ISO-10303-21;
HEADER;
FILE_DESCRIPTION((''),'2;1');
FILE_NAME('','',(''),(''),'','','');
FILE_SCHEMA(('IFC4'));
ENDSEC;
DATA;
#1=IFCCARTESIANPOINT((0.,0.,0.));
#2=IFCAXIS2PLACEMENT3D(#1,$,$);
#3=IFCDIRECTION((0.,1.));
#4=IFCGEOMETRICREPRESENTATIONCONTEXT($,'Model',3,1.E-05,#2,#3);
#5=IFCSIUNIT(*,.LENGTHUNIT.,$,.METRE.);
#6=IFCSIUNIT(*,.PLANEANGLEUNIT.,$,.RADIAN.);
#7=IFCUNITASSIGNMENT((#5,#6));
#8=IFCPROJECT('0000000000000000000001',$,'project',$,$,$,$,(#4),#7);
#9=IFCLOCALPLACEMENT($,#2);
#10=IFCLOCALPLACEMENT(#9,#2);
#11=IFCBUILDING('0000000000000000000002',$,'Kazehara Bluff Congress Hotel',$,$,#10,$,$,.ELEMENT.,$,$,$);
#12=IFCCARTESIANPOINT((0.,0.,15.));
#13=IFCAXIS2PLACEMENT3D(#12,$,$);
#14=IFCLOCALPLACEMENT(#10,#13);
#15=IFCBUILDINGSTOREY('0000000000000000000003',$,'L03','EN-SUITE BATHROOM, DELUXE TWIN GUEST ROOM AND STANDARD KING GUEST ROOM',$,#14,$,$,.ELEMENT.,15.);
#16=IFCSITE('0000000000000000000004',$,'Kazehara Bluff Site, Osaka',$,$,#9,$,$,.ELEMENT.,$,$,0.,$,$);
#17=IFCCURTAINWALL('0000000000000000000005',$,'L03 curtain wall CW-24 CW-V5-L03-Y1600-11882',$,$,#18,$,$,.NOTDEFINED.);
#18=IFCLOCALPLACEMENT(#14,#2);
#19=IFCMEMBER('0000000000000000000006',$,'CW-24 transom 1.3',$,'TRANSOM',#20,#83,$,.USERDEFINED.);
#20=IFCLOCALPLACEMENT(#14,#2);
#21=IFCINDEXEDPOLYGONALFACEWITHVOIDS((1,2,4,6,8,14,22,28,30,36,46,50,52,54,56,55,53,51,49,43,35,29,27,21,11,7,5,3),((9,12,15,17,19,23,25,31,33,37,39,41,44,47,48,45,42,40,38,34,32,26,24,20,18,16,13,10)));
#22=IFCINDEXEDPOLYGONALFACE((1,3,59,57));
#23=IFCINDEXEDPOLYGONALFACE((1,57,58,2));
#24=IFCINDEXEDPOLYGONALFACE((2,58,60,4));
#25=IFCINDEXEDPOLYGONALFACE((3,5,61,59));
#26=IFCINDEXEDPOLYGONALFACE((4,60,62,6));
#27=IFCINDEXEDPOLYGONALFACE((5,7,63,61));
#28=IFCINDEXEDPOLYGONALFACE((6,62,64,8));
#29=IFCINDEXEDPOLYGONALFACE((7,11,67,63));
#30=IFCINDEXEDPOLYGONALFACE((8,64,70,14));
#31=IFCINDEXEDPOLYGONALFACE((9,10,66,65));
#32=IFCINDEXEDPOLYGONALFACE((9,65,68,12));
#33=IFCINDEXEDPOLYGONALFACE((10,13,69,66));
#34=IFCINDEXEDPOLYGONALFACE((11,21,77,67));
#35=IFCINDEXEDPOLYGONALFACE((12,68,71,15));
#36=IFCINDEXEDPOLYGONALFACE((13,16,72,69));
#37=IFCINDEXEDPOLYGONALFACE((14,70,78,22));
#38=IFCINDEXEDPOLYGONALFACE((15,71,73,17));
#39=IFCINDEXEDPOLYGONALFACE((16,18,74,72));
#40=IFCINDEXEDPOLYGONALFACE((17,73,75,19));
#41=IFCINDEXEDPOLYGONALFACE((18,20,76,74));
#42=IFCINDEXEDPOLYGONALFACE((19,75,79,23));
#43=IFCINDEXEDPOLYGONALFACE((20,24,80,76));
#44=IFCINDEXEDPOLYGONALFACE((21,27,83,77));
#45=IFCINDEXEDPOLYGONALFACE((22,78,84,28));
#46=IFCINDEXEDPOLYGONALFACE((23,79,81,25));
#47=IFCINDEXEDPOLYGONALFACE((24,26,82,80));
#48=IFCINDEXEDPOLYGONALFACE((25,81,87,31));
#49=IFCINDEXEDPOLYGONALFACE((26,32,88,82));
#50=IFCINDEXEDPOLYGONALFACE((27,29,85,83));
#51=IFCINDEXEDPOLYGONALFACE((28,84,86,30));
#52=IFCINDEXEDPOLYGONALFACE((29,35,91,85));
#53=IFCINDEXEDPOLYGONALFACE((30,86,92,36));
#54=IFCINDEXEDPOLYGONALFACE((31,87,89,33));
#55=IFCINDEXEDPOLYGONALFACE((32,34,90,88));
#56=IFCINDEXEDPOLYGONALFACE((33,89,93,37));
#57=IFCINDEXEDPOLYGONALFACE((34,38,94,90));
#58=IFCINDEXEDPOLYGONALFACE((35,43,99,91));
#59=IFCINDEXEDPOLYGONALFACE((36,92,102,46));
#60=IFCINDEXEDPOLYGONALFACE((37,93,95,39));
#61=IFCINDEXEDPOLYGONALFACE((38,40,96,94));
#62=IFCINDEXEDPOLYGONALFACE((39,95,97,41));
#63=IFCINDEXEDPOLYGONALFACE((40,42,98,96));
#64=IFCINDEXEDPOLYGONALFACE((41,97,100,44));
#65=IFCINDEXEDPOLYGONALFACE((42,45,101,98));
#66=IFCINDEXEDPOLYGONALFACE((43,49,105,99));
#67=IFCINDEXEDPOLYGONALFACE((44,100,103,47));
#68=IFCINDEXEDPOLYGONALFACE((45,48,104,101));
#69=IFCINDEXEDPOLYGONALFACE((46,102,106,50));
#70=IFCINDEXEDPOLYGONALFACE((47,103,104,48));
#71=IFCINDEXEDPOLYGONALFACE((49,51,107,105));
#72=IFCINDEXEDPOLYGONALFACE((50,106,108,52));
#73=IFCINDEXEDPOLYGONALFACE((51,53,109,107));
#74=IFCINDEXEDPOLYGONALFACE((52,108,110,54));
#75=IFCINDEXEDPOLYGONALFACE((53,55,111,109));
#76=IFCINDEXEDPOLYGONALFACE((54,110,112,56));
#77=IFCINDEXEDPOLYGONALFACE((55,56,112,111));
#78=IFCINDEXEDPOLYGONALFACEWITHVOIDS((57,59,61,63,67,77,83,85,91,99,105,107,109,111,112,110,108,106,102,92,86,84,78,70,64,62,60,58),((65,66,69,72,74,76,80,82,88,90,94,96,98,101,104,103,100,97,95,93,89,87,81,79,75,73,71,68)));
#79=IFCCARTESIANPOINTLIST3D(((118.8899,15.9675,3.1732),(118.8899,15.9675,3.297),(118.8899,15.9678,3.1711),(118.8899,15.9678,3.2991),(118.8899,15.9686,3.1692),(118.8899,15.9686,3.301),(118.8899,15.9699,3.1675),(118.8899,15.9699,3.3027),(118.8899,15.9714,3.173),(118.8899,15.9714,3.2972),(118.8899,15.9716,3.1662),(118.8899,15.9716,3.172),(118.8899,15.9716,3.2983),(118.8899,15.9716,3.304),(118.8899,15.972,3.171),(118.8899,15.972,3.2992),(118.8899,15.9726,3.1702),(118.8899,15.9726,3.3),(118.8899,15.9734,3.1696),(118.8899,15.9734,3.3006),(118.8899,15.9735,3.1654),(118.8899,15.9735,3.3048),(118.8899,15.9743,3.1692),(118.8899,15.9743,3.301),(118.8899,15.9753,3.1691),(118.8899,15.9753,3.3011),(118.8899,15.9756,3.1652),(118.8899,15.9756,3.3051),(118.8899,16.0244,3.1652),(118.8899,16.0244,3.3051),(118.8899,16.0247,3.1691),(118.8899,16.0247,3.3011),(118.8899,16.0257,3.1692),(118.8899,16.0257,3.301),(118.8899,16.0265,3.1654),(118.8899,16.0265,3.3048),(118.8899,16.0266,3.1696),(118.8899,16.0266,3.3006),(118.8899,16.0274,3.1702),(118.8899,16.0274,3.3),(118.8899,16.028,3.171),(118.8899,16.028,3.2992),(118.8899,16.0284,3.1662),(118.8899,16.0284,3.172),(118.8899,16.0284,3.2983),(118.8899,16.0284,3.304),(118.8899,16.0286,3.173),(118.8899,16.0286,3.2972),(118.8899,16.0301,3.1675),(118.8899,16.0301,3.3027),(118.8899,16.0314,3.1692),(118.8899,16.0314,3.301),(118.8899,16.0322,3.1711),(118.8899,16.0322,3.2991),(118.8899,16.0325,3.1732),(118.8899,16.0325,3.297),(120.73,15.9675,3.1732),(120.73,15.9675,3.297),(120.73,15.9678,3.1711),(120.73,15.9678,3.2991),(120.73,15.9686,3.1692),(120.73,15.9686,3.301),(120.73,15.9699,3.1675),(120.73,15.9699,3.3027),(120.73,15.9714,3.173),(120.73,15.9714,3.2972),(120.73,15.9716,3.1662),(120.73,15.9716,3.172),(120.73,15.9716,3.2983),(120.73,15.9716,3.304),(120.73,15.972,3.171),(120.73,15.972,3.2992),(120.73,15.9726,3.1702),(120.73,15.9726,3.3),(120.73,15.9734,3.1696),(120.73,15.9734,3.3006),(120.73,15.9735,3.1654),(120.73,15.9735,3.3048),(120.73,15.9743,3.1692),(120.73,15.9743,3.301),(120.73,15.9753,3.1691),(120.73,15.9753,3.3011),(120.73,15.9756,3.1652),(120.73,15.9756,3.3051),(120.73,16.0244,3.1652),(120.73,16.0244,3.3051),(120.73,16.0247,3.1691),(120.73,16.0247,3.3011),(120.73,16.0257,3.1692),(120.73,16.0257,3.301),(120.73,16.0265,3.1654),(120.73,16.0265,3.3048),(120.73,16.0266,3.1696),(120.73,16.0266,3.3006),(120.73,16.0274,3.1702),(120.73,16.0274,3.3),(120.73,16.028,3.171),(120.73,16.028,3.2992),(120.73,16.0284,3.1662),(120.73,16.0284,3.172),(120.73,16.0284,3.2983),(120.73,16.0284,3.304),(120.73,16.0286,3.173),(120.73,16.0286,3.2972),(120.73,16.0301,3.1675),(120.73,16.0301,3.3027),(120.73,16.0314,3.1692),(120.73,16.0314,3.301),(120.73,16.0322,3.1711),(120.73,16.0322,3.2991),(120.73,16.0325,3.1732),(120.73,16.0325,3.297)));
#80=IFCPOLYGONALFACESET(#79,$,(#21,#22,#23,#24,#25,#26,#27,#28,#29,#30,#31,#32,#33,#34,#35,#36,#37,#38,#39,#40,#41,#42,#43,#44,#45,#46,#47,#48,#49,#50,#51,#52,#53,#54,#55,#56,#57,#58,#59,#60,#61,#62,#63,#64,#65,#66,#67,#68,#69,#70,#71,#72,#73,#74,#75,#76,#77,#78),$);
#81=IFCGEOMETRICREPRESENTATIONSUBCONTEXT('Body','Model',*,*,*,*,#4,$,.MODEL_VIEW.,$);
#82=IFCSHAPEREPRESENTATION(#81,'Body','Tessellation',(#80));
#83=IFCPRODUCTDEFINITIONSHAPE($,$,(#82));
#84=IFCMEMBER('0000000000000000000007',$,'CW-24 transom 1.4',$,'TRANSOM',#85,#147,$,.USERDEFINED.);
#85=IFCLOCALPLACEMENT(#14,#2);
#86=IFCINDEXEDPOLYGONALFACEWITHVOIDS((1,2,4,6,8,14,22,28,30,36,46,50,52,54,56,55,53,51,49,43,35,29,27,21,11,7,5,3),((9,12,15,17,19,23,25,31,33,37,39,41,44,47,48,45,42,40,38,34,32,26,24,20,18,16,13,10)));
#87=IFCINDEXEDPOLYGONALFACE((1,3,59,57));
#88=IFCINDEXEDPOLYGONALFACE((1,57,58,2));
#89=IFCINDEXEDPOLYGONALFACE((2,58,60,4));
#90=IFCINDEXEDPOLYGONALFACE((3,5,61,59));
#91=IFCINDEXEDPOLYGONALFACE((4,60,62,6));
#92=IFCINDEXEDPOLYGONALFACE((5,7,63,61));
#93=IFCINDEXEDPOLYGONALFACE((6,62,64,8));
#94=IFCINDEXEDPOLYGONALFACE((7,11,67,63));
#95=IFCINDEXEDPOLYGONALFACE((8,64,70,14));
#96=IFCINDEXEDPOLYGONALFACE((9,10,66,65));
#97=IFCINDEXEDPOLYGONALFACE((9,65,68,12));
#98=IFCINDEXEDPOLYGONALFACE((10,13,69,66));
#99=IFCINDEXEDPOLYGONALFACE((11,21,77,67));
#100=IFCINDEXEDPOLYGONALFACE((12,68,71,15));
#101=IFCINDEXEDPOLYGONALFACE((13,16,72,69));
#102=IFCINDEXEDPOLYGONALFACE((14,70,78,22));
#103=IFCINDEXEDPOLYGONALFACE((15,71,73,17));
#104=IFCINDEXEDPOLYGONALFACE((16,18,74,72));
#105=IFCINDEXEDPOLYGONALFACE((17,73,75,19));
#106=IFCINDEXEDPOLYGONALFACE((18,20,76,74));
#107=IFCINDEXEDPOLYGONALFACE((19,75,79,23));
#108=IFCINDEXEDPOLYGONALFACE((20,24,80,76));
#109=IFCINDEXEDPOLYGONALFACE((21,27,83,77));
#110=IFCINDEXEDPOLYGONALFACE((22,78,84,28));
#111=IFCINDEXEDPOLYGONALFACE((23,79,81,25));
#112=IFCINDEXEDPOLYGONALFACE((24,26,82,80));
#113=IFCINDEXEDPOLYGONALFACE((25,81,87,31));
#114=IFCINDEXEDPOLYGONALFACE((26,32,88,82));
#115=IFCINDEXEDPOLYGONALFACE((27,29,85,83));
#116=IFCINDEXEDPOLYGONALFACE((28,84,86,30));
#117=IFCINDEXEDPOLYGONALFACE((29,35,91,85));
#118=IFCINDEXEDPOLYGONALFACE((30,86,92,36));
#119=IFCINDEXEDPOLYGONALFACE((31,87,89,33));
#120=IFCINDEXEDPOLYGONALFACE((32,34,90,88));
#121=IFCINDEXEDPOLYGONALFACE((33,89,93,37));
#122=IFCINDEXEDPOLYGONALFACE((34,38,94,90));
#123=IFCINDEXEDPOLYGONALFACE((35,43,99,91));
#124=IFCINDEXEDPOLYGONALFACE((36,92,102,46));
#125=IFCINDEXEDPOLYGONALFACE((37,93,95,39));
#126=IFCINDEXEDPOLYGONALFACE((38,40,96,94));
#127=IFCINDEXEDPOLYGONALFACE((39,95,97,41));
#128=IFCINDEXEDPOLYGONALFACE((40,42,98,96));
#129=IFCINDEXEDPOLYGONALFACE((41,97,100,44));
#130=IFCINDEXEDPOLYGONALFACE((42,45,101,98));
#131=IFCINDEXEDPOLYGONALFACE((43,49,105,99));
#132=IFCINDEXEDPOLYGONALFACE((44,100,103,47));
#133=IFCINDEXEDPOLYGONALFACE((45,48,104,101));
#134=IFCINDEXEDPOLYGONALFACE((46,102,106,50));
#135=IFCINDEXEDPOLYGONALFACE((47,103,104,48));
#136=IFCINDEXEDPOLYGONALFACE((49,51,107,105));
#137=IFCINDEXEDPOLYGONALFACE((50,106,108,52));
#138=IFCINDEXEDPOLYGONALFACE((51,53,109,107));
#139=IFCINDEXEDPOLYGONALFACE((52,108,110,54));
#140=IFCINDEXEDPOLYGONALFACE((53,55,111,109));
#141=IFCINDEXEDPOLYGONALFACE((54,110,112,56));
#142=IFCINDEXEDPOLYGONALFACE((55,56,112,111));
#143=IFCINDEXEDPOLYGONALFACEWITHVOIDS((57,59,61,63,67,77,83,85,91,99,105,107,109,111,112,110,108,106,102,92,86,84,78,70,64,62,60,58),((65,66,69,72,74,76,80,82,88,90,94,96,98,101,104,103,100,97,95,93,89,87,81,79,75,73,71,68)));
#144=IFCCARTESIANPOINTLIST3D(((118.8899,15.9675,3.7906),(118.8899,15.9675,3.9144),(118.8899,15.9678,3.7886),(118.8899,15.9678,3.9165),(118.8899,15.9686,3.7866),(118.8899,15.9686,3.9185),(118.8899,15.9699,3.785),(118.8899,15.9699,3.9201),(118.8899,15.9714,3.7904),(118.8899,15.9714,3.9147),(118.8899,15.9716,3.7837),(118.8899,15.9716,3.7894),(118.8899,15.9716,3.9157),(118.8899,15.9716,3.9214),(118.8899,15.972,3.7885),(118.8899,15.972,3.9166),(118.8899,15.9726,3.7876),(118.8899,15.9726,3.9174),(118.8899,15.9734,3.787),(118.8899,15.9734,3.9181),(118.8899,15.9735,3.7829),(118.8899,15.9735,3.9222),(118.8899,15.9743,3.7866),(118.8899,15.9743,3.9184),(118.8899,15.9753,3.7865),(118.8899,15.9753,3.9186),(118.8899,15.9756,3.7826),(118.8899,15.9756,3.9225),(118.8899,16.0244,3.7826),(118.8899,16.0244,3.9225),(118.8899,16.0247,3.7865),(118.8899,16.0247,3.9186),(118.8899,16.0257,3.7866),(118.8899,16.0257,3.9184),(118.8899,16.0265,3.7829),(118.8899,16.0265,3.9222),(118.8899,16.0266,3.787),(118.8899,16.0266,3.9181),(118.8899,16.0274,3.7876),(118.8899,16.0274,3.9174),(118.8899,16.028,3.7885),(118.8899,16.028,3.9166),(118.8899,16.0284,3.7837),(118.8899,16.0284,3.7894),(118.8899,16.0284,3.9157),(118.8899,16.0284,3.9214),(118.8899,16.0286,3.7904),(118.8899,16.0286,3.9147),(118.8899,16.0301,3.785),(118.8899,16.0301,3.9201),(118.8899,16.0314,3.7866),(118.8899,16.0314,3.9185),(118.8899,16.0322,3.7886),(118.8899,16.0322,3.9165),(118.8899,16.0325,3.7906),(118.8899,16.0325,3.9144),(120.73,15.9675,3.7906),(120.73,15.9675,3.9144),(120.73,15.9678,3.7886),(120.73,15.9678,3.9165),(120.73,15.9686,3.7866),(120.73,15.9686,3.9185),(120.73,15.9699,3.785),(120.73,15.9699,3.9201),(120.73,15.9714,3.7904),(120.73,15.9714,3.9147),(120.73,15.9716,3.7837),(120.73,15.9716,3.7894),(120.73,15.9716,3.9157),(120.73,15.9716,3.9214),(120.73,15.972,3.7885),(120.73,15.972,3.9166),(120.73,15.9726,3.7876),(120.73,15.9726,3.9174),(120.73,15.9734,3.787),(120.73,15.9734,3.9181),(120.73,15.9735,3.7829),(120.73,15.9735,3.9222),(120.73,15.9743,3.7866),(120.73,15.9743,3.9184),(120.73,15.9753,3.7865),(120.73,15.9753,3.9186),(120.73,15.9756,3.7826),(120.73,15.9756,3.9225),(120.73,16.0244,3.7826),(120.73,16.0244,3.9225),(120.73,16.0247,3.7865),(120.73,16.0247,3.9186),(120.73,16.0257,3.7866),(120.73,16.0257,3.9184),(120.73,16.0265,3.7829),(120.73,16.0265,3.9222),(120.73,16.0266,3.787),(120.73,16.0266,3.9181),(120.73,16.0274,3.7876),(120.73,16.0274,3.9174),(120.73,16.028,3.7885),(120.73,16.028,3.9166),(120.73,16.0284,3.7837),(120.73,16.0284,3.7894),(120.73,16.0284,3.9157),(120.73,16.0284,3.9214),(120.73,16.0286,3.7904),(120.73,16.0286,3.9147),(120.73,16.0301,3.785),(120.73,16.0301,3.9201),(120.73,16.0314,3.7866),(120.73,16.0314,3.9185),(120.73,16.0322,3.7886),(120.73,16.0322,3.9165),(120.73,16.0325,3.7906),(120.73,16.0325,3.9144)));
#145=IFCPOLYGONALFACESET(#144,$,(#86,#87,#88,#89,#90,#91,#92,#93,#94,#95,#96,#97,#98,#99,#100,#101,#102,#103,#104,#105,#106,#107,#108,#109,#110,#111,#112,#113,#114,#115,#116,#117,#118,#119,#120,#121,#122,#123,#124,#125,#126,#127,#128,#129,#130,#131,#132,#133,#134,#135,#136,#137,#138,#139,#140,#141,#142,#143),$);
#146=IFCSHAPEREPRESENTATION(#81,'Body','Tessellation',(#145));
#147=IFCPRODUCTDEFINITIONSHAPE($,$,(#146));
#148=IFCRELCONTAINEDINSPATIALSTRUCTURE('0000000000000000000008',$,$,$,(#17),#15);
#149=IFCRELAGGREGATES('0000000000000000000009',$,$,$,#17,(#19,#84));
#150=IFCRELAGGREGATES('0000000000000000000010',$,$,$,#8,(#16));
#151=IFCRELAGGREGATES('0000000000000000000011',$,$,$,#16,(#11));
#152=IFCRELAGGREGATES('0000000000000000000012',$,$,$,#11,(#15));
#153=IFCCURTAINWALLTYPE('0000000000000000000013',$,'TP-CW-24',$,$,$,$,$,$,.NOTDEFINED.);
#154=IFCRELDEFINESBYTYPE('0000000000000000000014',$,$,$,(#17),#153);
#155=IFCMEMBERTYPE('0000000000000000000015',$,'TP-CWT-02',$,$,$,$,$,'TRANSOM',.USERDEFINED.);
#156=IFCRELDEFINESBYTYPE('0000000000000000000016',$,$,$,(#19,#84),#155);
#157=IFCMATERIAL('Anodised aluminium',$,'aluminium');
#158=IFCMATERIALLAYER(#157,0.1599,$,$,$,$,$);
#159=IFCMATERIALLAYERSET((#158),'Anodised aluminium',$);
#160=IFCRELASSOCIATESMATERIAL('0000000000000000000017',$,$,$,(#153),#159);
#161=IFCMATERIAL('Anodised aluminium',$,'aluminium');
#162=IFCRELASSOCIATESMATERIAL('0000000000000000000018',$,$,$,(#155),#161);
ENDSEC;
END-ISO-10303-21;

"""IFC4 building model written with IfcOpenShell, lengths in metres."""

from ifc_helpers import new_model, si_unit, direction, frame, origin, origin_2d, place, context, subcontext, project, spatial, hollow_rectangle, extrude, material, layer, layer_set, material_profile, profile_set, type_object, element, aggregate, save


model = new_model("IFC4")

# Units and contexts
model_context = context("Model", 3, precision=1e-05, world=origin(), true_north=direction((0.0, 1.0)))
body_context = subcontext(model_context, "Body", "Model", "MODEL_VIEW")
ifc_project = project(units=[si_unit("LENGTHUNIT", "METRE"), si_unit("PLANEANGLEUNIT", "RADIAN")], contexts=[model_context])

# Site, building, storey
site_placement = place(None, origin())
site = spatial("IfcSite", under=ifc_project, at=site_placement, Name="Kazehara Bluff Site, Osaka", CompositionType="ELEMENT", RefElevation=0.0)
building_placement = place(site_placement, origin())
building = spatial("IfcBuilding", under=site, at=building_placement, Name="Kazehara Bluff Congress Hotel", CompositionType="ELEMENT")
storey_placement = place(building_placement, frame((0.0, 0.0, 15.0)))
storey = spatial("IfcBuildingStorey", under=building, at=storey_placement, Name="L03", Description="EN-SUITE BATHROOM, DELUXE TWIN GUEST ROOM AND STANDARD KING GUEST ROOM", CompositionType="ELEMENT", Elevation=15.0)

# Curtain wall
ifc_material_1 = material(Name="Anodised aluminium", Category="aluminium")
ifc_layer_1 = layer(ifc_material_1, 0.1599)
ifc_layer_set_1 = layer_set([ifc_layer_1], Name="Anodised aluminium")
curtain_wall_type_1 = type_object("IfcCurtainWallType", Name="TP-CW-24", PredefinedType="NOTDEFINED", material=ifc_layer_set_1)
curtain_wall_1_placement = place(storey_placement, origin())
curtain_wall_1 = element("IfcCurtainWall", 1, at=curtain_wall_1_placement, inside=storey, type_object=curtain_wall_type_1, Name="L03 curtain wall CW-24 CW-V5-L03-Y1600-11882", PredefinedType="NOTDEFINED")

# Members
ifc_material_2 = material(Name="Anodised aluminium", Category="aluminium")
ifc_material_profile_1 = material_profile(ifc_material_2, hollow_rectangle(XDim=0.0649, YDim=0.1399, WallThickness=0.0039, InnerFilletRadius=0.0039, OuterFilletRadius=0.0081, at=origin_2d()))
ifc_profile_set_1 = profile_set([ifc_material_profile_1], Name="Anodised aluminium")
member_type_1 = type_object("IfcMemberType", Name="TP-CWT-02", ElementType="TRANSOM", PredefinedType="USERDEFINED", material=ifc_profile_set_1)
member_1_placement = place(storey_placement, frame((118.8899, 16.0, 3.2351), z_axis=(1.0, 0.0, 0.0), x_axis=(0.0, 1.0, 0.0)))
member_1 = element("IfcMember", 2, at=member_1_placement, type_object=member_type_1, Name="CW-24 transom 1.3", ObjectType="TRANSOM", PredefinedType="USERDEFINED", context=body_context, shape_type="SweptSolid", body=[
    extrude(hollow_rectangle(XDim=0.0649, YDim=0.1399, WallThickness=0.0039, InnerFilletRadius=0.0039, OuterFilletRadius=0.0081, at=origin_2d()), origin(), (0.0, 0.0, 1.0), 1.8401),
])
member_2_placement = place(storey_placement, frame((118.8899, 16.0, 3.8525), z_axis=(1.0, 0.0, 0.0), x_axis=(0.0, 1.0, 0.0)))
member_2 = element("IfcMember", 3, at=member_2_placement, type_object=member_type_1, Name="CW-24 transom 1.4", ObjectType="TRANSOM", PredefinedType="USERDEFINED", context=body_context, shape_type="SweptSolid", body=[
    extrude(hollow_rectangle(XDim=0.0649, YDim=0.1399, WallThickness=0.0039, InnerFilletRadius=0.0039, OuterFilletRadius=0.0081, at=origin_2d()), origin(), (0.0, 0.0, 1.0), 1.8401),
])

aggregate(curtain_wall_1, [member_1, member_2])

save(model, "model.ifc")
